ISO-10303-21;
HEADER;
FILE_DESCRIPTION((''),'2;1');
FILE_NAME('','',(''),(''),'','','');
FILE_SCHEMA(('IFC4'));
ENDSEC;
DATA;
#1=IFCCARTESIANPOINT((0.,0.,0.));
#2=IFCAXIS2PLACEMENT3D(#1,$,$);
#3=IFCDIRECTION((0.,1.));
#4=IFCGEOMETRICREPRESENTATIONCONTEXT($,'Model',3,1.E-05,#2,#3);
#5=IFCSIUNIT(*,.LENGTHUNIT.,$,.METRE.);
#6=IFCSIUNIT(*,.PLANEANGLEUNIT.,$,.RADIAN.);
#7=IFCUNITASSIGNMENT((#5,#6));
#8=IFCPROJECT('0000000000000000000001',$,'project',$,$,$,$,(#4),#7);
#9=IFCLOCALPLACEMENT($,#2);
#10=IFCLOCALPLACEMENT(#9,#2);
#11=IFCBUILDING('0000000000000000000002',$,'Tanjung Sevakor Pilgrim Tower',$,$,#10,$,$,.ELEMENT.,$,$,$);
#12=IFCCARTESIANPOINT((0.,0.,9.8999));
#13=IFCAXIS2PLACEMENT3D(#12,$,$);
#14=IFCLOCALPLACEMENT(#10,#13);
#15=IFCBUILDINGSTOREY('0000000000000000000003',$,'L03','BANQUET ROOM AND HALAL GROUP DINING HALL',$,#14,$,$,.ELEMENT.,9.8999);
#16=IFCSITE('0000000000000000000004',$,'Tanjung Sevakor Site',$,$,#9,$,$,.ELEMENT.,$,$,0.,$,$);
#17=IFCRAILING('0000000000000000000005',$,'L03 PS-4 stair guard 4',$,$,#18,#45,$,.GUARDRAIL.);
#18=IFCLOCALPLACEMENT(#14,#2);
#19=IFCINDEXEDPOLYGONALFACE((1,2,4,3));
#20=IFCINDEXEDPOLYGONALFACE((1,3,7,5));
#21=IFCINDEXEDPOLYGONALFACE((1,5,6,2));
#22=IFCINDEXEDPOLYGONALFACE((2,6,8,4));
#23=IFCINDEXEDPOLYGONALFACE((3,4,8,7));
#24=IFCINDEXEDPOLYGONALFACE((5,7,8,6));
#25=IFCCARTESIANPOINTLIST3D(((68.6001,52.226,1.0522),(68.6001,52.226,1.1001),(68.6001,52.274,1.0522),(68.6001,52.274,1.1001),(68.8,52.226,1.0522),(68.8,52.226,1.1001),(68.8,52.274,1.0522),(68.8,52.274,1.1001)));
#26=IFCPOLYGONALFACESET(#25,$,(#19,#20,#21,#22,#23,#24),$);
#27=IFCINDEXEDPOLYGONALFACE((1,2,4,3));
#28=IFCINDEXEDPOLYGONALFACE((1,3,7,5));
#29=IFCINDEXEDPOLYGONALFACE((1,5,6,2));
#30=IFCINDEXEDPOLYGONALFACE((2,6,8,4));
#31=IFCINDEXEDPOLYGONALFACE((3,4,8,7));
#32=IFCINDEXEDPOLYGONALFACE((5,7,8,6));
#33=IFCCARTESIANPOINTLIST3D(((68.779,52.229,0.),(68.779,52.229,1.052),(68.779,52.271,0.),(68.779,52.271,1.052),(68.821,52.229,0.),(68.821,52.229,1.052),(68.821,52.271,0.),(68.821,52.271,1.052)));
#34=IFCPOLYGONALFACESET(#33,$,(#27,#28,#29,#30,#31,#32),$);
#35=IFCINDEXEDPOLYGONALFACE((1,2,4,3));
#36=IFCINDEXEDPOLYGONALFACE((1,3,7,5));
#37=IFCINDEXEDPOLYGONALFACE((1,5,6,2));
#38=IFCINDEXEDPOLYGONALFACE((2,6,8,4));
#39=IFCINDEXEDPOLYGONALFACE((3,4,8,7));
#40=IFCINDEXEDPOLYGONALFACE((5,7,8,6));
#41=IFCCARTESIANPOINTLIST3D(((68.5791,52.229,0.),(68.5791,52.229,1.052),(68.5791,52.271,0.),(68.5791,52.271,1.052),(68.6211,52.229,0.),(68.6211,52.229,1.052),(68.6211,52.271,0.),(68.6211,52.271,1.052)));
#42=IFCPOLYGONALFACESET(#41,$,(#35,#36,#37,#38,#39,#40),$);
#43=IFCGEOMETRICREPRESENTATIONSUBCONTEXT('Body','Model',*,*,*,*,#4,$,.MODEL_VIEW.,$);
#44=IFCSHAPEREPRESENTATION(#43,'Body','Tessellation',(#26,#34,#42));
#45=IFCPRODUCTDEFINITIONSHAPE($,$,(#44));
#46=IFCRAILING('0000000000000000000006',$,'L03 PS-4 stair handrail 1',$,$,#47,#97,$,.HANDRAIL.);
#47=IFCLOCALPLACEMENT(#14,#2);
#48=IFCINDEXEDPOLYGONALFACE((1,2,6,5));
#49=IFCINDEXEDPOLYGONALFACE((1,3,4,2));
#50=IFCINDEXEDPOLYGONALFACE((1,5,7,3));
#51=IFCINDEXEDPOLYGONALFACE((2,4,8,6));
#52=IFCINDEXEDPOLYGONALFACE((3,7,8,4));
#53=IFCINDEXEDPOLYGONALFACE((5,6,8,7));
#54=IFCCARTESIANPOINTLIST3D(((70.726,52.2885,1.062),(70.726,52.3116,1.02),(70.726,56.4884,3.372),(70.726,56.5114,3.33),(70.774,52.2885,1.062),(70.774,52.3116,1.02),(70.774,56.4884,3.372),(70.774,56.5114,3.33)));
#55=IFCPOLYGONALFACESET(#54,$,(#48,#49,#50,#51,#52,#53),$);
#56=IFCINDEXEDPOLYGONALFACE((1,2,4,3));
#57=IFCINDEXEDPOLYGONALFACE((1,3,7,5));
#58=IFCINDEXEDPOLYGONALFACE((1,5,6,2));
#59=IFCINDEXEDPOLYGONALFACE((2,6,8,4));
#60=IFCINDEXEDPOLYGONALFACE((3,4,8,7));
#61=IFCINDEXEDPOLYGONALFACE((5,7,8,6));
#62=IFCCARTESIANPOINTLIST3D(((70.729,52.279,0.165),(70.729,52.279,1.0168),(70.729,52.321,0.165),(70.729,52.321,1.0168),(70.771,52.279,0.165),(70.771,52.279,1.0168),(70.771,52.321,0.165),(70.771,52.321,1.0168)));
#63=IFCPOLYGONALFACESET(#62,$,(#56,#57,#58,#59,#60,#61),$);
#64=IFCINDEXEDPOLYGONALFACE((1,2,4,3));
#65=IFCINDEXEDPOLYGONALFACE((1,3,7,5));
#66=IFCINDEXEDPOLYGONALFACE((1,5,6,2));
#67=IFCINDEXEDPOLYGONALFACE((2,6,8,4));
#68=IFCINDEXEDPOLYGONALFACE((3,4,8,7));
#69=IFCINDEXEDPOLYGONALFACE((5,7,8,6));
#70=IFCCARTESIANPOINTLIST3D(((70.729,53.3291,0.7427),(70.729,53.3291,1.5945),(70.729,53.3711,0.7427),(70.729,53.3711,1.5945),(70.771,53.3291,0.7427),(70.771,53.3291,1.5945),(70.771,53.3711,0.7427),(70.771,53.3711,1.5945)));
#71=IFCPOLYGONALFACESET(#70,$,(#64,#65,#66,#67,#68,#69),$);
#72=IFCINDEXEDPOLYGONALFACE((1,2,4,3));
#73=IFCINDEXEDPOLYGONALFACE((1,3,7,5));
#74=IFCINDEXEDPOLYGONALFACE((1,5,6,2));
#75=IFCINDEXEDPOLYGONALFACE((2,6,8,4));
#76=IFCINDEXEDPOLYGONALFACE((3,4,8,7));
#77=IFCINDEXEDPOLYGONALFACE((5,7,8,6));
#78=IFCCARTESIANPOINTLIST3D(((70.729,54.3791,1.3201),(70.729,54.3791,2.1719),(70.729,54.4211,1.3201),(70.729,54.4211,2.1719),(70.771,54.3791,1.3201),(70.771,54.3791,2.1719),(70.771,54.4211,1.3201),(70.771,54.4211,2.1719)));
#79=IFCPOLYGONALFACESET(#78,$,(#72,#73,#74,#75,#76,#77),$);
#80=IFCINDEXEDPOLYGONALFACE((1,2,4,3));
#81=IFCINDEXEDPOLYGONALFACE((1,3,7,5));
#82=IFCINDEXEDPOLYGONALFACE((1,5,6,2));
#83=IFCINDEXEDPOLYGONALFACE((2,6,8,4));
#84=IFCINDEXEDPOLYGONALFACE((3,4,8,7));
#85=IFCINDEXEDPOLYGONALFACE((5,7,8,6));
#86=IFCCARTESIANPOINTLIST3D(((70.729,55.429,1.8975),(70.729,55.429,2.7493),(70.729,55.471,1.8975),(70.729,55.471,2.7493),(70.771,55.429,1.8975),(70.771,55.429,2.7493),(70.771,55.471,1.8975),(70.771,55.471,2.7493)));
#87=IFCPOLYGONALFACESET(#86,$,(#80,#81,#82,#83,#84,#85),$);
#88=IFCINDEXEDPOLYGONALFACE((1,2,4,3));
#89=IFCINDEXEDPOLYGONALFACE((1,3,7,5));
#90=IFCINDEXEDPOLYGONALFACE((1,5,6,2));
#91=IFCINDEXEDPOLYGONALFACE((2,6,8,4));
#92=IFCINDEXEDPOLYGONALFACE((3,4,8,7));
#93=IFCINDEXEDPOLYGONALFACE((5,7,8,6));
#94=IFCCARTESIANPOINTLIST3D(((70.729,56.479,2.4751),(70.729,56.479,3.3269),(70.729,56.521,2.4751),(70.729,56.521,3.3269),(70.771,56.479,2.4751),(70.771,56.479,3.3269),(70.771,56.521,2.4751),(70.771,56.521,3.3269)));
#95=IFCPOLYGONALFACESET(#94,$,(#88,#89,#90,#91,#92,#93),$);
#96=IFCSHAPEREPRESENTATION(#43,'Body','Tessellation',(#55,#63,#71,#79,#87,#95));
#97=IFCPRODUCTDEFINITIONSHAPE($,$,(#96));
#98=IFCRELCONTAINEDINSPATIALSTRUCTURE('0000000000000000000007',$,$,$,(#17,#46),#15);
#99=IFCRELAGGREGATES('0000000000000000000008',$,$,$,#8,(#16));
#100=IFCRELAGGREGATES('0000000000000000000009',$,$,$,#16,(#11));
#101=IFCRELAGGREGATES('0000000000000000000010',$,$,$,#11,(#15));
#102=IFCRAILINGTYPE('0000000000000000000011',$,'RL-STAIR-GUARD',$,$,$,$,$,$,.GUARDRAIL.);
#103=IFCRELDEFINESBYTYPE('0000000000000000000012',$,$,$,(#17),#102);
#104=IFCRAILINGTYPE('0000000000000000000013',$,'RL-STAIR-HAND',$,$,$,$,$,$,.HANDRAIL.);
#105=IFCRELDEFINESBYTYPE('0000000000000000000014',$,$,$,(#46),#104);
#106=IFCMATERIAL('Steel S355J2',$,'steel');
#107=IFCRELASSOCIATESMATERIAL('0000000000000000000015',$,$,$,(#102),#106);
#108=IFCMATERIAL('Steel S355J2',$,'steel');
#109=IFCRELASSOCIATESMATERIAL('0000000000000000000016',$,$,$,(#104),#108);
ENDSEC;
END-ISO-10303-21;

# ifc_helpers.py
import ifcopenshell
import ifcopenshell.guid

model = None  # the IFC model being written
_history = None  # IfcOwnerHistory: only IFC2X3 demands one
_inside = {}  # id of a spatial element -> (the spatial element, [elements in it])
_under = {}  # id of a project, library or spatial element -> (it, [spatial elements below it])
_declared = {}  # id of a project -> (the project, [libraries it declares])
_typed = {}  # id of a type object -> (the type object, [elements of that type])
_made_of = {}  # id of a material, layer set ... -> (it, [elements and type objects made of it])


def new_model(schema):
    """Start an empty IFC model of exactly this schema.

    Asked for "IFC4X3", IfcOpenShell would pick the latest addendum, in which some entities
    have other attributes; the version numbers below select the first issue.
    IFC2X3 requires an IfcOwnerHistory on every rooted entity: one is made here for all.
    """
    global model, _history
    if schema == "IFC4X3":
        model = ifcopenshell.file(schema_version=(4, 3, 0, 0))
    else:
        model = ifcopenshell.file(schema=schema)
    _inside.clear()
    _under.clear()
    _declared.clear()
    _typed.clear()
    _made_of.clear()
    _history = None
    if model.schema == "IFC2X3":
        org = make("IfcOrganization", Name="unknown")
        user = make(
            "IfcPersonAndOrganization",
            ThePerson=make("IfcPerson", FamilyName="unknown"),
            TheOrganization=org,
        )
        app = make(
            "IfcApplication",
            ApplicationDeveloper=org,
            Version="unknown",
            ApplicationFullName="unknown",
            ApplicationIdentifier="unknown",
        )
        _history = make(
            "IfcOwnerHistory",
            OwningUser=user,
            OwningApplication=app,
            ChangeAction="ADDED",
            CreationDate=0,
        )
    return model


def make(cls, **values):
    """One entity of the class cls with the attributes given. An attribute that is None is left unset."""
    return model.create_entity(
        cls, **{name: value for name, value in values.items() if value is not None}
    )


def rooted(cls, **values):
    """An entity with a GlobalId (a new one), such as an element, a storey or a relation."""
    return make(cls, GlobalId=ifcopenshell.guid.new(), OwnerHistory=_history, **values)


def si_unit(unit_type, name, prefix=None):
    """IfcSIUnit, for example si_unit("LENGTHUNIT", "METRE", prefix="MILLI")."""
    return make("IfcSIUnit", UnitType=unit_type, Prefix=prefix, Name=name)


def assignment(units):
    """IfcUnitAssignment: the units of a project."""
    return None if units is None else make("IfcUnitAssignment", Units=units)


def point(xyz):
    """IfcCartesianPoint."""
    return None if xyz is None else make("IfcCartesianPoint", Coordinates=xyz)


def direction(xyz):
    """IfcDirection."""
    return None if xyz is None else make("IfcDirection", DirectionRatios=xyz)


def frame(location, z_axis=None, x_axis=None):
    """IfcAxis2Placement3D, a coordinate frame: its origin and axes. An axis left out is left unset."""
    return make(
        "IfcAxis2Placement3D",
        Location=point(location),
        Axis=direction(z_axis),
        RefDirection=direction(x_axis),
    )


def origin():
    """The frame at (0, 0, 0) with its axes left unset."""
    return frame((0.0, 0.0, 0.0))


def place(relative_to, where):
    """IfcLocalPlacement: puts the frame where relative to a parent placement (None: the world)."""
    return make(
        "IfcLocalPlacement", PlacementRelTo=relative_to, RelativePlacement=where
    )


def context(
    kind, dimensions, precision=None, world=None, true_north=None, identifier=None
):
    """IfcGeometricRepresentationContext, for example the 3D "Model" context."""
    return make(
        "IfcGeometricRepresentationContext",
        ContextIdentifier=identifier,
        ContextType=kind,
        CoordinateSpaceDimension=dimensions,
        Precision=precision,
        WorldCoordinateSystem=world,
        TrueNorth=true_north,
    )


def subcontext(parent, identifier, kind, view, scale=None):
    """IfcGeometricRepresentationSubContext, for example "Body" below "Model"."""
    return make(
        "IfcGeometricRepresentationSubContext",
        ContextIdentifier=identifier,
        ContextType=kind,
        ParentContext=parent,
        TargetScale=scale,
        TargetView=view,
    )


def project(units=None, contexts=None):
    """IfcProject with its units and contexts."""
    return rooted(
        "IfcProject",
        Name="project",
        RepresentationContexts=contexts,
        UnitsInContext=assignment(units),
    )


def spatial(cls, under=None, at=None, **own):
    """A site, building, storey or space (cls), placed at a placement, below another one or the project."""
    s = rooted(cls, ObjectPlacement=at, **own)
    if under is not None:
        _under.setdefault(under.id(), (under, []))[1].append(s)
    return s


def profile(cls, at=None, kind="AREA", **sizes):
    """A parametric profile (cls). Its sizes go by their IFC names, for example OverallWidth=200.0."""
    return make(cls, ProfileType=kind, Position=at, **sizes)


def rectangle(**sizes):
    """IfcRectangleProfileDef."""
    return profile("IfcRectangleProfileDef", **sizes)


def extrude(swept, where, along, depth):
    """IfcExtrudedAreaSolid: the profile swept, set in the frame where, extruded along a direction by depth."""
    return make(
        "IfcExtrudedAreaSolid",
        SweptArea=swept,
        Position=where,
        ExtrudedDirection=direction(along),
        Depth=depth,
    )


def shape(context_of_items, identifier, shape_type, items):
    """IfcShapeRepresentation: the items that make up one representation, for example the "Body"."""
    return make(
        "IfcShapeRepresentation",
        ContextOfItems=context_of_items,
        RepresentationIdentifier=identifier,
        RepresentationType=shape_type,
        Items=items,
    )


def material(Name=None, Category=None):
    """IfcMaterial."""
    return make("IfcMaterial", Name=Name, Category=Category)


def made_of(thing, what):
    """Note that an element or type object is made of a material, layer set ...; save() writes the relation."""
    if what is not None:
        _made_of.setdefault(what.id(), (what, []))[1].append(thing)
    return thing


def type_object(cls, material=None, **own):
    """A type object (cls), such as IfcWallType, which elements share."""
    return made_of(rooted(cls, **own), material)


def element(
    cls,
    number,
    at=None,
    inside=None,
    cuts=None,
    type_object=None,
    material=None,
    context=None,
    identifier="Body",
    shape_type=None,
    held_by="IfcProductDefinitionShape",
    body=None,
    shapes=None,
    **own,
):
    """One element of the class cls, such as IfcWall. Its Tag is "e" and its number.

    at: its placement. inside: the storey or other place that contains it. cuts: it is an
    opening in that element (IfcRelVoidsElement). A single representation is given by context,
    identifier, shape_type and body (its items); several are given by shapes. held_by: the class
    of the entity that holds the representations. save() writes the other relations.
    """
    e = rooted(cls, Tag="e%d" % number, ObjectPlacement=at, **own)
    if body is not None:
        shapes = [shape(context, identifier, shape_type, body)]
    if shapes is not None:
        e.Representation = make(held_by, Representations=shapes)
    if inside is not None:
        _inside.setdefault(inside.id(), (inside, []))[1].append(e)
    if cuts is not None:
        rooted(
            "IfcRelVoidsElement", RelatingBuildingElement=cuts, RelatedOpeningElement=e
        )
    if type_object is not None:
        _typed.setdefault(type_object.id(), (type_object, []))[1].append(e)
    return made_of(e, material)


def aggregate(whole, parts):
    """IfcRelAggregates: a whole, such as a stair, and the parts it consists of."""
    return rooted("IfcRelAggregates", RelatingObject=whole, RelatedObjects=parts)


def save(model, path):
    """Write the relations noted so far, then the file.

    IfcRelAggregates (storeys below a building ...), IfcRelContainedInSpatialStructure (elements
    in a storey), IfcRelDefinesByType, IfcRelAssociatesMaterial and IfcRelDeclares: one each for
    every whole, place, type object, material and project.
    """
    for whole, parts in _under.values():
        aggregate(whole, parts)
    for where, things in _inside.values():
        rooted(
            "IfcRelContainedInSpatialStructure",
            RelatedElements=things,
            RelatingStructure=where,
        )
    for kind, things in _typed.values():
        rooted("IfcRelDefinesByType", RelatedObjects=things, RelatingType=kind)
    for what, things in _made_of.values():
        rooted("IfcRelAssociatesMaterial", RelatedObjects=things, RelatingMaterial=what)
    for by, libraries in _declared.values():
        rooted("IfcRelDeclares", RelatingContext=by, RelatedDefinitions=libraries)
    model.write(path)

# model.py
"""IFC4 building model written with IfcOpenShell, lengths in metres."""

from ifc_helpers import new_model, si_unit, direction, frame, origin, place, context, subcontext, project, spatial, rectangle, extrude, material, type_object, element, save


model = new_model("IFC4")

# Units and contexts
model_context = context("Model", 3, precision=1e-05, world=origin(), true_north=direction((0.0, 1.0)))
body_context = subcontext(model_context, "Body", "Model", "MODEL_VIEW")
ifc_project = project(units=[si_unit("LENGTHUNIT", "METRE"), si_unit("PLANEANGLEUNIT", "RADIAN")], contexts=[model_context])

# Site, building, storey
site_placement = place(None, origin())
site = spatial("IfcSite", under=ifc_project, at=site_placement, Name="Tanjung Sevakor Site", CompositionType="ELEMENT", RefElevation=0.0)
building_placement = place(site_placement, origin())
building = spatial("IfcBuilding", under=site, at=building_placement, Name="Tanjung Sevakor Pilgrim Tower", CompositionType="ELEMENT")
storey_placement = place(building_placement, frame((0.0, 0.0, 9.8999)))
storey = spatial("IfcBuildingStorey", under=building, at=storey_placement, Name="L03", Description="BANQUET ROOM AND HALAL GROUP DINING HALL", CompositionType="ELEMENT", Elevation=9.8999)

# Railings
ifc_material_1 = material(Name="Steel S355J2", Category="steel")
railing_type_1 = type_object("IfcRailingType", Name="RL-STAIR-GUARD", PredefinedType="GUARDRAIL", material=ifc_material_1)
railing_1_placement = place(storey_placement, frame((68.8, 52.25, 0.0)))
element("IfcRailing", 1, at=railing_1_placement, inside=storey, type_object=railing_type_1, Name="L03 PS-4 stair guard 4", PredefinedType="GUARDRAIL", context=body_context, shape_type="SweptSolid", body=[
    extrude(rectangle(XDim=0.0479, YDim=0.0479), frame((0.0, 0.0, 1.0762), z_axis=(-1.0, 0.0, 0.0), x_axis=(0.0, -1.0, 0.0)), (0.0, 0.0, 1.0), 0.2),
    extrude(rectangle(XDim=0.042, YDim=0.042), origin(), (0.0, 0.0, 1.0), 1.052),
    extrude(rectangle(XDim=0.042, YDim=0.042), frame((-0.2, 0.0, 0.0)), (0.0, 0.0, 1.0), 1.052),
])
ifc_material_2 = material(Name="Steel S355J2", Category="steel")
railing_type_2 = type_object("IfcRailingType", Name="RL-STAIR-HAND", PredefinedType="HANDRAIL", material=ifc_material_2)
railing_2_placement = place(storey_placement, frame((70.75, 52.3, 0.165)))
element("IfcRailing", 2, at=railing_2_placement, inside=storey, type_object=railing_type_2, Name="L03 PS-4 stair handrail 1", PredefinedType="HANDRAIL", context=body_context, shape_type="SweptSolid", body=[
    extrude(rectangle(XDim=0.0479, YDim=0.0479), frame((0.0, 0.0, 0.876), z_axis=(0.0, 0.876208, 0.481932), x_axis=(-1.0, 0.0, 0.0)), (0.0, 0.0, 1.0), 4.7932),
    extrude(rectangle(XDim=0.042, YDim=0.042), origin(), (0.0, 0.0, 1.0), 0.8518),
    extrude(rectangle(XDim=0.042, YDim=0.042), frame((0.0, 1.05, 0.5776)), (0.0, 0.0, 1.0), 0.8518),
    extrude(rectangle(XDim=0.042, YDim=0.042), frame((0.0, 2.1001, 1.155)), (0.0, 0.0, 1.0), 0.8518),
    extrude(rectangle(XDim=0.042, YDim=0.042), frame((0.0, 3.1499, 1.7324)), (0.0, 0.0, 1.0), 0.8518),
    extrude(rectangle(XDim=0.042, YDim=0.042), frame((0.0, 4.2, 2.3101)), (0.0, 0.0, 1.0), 0.8518),
])

save(model, "model.ifc")
